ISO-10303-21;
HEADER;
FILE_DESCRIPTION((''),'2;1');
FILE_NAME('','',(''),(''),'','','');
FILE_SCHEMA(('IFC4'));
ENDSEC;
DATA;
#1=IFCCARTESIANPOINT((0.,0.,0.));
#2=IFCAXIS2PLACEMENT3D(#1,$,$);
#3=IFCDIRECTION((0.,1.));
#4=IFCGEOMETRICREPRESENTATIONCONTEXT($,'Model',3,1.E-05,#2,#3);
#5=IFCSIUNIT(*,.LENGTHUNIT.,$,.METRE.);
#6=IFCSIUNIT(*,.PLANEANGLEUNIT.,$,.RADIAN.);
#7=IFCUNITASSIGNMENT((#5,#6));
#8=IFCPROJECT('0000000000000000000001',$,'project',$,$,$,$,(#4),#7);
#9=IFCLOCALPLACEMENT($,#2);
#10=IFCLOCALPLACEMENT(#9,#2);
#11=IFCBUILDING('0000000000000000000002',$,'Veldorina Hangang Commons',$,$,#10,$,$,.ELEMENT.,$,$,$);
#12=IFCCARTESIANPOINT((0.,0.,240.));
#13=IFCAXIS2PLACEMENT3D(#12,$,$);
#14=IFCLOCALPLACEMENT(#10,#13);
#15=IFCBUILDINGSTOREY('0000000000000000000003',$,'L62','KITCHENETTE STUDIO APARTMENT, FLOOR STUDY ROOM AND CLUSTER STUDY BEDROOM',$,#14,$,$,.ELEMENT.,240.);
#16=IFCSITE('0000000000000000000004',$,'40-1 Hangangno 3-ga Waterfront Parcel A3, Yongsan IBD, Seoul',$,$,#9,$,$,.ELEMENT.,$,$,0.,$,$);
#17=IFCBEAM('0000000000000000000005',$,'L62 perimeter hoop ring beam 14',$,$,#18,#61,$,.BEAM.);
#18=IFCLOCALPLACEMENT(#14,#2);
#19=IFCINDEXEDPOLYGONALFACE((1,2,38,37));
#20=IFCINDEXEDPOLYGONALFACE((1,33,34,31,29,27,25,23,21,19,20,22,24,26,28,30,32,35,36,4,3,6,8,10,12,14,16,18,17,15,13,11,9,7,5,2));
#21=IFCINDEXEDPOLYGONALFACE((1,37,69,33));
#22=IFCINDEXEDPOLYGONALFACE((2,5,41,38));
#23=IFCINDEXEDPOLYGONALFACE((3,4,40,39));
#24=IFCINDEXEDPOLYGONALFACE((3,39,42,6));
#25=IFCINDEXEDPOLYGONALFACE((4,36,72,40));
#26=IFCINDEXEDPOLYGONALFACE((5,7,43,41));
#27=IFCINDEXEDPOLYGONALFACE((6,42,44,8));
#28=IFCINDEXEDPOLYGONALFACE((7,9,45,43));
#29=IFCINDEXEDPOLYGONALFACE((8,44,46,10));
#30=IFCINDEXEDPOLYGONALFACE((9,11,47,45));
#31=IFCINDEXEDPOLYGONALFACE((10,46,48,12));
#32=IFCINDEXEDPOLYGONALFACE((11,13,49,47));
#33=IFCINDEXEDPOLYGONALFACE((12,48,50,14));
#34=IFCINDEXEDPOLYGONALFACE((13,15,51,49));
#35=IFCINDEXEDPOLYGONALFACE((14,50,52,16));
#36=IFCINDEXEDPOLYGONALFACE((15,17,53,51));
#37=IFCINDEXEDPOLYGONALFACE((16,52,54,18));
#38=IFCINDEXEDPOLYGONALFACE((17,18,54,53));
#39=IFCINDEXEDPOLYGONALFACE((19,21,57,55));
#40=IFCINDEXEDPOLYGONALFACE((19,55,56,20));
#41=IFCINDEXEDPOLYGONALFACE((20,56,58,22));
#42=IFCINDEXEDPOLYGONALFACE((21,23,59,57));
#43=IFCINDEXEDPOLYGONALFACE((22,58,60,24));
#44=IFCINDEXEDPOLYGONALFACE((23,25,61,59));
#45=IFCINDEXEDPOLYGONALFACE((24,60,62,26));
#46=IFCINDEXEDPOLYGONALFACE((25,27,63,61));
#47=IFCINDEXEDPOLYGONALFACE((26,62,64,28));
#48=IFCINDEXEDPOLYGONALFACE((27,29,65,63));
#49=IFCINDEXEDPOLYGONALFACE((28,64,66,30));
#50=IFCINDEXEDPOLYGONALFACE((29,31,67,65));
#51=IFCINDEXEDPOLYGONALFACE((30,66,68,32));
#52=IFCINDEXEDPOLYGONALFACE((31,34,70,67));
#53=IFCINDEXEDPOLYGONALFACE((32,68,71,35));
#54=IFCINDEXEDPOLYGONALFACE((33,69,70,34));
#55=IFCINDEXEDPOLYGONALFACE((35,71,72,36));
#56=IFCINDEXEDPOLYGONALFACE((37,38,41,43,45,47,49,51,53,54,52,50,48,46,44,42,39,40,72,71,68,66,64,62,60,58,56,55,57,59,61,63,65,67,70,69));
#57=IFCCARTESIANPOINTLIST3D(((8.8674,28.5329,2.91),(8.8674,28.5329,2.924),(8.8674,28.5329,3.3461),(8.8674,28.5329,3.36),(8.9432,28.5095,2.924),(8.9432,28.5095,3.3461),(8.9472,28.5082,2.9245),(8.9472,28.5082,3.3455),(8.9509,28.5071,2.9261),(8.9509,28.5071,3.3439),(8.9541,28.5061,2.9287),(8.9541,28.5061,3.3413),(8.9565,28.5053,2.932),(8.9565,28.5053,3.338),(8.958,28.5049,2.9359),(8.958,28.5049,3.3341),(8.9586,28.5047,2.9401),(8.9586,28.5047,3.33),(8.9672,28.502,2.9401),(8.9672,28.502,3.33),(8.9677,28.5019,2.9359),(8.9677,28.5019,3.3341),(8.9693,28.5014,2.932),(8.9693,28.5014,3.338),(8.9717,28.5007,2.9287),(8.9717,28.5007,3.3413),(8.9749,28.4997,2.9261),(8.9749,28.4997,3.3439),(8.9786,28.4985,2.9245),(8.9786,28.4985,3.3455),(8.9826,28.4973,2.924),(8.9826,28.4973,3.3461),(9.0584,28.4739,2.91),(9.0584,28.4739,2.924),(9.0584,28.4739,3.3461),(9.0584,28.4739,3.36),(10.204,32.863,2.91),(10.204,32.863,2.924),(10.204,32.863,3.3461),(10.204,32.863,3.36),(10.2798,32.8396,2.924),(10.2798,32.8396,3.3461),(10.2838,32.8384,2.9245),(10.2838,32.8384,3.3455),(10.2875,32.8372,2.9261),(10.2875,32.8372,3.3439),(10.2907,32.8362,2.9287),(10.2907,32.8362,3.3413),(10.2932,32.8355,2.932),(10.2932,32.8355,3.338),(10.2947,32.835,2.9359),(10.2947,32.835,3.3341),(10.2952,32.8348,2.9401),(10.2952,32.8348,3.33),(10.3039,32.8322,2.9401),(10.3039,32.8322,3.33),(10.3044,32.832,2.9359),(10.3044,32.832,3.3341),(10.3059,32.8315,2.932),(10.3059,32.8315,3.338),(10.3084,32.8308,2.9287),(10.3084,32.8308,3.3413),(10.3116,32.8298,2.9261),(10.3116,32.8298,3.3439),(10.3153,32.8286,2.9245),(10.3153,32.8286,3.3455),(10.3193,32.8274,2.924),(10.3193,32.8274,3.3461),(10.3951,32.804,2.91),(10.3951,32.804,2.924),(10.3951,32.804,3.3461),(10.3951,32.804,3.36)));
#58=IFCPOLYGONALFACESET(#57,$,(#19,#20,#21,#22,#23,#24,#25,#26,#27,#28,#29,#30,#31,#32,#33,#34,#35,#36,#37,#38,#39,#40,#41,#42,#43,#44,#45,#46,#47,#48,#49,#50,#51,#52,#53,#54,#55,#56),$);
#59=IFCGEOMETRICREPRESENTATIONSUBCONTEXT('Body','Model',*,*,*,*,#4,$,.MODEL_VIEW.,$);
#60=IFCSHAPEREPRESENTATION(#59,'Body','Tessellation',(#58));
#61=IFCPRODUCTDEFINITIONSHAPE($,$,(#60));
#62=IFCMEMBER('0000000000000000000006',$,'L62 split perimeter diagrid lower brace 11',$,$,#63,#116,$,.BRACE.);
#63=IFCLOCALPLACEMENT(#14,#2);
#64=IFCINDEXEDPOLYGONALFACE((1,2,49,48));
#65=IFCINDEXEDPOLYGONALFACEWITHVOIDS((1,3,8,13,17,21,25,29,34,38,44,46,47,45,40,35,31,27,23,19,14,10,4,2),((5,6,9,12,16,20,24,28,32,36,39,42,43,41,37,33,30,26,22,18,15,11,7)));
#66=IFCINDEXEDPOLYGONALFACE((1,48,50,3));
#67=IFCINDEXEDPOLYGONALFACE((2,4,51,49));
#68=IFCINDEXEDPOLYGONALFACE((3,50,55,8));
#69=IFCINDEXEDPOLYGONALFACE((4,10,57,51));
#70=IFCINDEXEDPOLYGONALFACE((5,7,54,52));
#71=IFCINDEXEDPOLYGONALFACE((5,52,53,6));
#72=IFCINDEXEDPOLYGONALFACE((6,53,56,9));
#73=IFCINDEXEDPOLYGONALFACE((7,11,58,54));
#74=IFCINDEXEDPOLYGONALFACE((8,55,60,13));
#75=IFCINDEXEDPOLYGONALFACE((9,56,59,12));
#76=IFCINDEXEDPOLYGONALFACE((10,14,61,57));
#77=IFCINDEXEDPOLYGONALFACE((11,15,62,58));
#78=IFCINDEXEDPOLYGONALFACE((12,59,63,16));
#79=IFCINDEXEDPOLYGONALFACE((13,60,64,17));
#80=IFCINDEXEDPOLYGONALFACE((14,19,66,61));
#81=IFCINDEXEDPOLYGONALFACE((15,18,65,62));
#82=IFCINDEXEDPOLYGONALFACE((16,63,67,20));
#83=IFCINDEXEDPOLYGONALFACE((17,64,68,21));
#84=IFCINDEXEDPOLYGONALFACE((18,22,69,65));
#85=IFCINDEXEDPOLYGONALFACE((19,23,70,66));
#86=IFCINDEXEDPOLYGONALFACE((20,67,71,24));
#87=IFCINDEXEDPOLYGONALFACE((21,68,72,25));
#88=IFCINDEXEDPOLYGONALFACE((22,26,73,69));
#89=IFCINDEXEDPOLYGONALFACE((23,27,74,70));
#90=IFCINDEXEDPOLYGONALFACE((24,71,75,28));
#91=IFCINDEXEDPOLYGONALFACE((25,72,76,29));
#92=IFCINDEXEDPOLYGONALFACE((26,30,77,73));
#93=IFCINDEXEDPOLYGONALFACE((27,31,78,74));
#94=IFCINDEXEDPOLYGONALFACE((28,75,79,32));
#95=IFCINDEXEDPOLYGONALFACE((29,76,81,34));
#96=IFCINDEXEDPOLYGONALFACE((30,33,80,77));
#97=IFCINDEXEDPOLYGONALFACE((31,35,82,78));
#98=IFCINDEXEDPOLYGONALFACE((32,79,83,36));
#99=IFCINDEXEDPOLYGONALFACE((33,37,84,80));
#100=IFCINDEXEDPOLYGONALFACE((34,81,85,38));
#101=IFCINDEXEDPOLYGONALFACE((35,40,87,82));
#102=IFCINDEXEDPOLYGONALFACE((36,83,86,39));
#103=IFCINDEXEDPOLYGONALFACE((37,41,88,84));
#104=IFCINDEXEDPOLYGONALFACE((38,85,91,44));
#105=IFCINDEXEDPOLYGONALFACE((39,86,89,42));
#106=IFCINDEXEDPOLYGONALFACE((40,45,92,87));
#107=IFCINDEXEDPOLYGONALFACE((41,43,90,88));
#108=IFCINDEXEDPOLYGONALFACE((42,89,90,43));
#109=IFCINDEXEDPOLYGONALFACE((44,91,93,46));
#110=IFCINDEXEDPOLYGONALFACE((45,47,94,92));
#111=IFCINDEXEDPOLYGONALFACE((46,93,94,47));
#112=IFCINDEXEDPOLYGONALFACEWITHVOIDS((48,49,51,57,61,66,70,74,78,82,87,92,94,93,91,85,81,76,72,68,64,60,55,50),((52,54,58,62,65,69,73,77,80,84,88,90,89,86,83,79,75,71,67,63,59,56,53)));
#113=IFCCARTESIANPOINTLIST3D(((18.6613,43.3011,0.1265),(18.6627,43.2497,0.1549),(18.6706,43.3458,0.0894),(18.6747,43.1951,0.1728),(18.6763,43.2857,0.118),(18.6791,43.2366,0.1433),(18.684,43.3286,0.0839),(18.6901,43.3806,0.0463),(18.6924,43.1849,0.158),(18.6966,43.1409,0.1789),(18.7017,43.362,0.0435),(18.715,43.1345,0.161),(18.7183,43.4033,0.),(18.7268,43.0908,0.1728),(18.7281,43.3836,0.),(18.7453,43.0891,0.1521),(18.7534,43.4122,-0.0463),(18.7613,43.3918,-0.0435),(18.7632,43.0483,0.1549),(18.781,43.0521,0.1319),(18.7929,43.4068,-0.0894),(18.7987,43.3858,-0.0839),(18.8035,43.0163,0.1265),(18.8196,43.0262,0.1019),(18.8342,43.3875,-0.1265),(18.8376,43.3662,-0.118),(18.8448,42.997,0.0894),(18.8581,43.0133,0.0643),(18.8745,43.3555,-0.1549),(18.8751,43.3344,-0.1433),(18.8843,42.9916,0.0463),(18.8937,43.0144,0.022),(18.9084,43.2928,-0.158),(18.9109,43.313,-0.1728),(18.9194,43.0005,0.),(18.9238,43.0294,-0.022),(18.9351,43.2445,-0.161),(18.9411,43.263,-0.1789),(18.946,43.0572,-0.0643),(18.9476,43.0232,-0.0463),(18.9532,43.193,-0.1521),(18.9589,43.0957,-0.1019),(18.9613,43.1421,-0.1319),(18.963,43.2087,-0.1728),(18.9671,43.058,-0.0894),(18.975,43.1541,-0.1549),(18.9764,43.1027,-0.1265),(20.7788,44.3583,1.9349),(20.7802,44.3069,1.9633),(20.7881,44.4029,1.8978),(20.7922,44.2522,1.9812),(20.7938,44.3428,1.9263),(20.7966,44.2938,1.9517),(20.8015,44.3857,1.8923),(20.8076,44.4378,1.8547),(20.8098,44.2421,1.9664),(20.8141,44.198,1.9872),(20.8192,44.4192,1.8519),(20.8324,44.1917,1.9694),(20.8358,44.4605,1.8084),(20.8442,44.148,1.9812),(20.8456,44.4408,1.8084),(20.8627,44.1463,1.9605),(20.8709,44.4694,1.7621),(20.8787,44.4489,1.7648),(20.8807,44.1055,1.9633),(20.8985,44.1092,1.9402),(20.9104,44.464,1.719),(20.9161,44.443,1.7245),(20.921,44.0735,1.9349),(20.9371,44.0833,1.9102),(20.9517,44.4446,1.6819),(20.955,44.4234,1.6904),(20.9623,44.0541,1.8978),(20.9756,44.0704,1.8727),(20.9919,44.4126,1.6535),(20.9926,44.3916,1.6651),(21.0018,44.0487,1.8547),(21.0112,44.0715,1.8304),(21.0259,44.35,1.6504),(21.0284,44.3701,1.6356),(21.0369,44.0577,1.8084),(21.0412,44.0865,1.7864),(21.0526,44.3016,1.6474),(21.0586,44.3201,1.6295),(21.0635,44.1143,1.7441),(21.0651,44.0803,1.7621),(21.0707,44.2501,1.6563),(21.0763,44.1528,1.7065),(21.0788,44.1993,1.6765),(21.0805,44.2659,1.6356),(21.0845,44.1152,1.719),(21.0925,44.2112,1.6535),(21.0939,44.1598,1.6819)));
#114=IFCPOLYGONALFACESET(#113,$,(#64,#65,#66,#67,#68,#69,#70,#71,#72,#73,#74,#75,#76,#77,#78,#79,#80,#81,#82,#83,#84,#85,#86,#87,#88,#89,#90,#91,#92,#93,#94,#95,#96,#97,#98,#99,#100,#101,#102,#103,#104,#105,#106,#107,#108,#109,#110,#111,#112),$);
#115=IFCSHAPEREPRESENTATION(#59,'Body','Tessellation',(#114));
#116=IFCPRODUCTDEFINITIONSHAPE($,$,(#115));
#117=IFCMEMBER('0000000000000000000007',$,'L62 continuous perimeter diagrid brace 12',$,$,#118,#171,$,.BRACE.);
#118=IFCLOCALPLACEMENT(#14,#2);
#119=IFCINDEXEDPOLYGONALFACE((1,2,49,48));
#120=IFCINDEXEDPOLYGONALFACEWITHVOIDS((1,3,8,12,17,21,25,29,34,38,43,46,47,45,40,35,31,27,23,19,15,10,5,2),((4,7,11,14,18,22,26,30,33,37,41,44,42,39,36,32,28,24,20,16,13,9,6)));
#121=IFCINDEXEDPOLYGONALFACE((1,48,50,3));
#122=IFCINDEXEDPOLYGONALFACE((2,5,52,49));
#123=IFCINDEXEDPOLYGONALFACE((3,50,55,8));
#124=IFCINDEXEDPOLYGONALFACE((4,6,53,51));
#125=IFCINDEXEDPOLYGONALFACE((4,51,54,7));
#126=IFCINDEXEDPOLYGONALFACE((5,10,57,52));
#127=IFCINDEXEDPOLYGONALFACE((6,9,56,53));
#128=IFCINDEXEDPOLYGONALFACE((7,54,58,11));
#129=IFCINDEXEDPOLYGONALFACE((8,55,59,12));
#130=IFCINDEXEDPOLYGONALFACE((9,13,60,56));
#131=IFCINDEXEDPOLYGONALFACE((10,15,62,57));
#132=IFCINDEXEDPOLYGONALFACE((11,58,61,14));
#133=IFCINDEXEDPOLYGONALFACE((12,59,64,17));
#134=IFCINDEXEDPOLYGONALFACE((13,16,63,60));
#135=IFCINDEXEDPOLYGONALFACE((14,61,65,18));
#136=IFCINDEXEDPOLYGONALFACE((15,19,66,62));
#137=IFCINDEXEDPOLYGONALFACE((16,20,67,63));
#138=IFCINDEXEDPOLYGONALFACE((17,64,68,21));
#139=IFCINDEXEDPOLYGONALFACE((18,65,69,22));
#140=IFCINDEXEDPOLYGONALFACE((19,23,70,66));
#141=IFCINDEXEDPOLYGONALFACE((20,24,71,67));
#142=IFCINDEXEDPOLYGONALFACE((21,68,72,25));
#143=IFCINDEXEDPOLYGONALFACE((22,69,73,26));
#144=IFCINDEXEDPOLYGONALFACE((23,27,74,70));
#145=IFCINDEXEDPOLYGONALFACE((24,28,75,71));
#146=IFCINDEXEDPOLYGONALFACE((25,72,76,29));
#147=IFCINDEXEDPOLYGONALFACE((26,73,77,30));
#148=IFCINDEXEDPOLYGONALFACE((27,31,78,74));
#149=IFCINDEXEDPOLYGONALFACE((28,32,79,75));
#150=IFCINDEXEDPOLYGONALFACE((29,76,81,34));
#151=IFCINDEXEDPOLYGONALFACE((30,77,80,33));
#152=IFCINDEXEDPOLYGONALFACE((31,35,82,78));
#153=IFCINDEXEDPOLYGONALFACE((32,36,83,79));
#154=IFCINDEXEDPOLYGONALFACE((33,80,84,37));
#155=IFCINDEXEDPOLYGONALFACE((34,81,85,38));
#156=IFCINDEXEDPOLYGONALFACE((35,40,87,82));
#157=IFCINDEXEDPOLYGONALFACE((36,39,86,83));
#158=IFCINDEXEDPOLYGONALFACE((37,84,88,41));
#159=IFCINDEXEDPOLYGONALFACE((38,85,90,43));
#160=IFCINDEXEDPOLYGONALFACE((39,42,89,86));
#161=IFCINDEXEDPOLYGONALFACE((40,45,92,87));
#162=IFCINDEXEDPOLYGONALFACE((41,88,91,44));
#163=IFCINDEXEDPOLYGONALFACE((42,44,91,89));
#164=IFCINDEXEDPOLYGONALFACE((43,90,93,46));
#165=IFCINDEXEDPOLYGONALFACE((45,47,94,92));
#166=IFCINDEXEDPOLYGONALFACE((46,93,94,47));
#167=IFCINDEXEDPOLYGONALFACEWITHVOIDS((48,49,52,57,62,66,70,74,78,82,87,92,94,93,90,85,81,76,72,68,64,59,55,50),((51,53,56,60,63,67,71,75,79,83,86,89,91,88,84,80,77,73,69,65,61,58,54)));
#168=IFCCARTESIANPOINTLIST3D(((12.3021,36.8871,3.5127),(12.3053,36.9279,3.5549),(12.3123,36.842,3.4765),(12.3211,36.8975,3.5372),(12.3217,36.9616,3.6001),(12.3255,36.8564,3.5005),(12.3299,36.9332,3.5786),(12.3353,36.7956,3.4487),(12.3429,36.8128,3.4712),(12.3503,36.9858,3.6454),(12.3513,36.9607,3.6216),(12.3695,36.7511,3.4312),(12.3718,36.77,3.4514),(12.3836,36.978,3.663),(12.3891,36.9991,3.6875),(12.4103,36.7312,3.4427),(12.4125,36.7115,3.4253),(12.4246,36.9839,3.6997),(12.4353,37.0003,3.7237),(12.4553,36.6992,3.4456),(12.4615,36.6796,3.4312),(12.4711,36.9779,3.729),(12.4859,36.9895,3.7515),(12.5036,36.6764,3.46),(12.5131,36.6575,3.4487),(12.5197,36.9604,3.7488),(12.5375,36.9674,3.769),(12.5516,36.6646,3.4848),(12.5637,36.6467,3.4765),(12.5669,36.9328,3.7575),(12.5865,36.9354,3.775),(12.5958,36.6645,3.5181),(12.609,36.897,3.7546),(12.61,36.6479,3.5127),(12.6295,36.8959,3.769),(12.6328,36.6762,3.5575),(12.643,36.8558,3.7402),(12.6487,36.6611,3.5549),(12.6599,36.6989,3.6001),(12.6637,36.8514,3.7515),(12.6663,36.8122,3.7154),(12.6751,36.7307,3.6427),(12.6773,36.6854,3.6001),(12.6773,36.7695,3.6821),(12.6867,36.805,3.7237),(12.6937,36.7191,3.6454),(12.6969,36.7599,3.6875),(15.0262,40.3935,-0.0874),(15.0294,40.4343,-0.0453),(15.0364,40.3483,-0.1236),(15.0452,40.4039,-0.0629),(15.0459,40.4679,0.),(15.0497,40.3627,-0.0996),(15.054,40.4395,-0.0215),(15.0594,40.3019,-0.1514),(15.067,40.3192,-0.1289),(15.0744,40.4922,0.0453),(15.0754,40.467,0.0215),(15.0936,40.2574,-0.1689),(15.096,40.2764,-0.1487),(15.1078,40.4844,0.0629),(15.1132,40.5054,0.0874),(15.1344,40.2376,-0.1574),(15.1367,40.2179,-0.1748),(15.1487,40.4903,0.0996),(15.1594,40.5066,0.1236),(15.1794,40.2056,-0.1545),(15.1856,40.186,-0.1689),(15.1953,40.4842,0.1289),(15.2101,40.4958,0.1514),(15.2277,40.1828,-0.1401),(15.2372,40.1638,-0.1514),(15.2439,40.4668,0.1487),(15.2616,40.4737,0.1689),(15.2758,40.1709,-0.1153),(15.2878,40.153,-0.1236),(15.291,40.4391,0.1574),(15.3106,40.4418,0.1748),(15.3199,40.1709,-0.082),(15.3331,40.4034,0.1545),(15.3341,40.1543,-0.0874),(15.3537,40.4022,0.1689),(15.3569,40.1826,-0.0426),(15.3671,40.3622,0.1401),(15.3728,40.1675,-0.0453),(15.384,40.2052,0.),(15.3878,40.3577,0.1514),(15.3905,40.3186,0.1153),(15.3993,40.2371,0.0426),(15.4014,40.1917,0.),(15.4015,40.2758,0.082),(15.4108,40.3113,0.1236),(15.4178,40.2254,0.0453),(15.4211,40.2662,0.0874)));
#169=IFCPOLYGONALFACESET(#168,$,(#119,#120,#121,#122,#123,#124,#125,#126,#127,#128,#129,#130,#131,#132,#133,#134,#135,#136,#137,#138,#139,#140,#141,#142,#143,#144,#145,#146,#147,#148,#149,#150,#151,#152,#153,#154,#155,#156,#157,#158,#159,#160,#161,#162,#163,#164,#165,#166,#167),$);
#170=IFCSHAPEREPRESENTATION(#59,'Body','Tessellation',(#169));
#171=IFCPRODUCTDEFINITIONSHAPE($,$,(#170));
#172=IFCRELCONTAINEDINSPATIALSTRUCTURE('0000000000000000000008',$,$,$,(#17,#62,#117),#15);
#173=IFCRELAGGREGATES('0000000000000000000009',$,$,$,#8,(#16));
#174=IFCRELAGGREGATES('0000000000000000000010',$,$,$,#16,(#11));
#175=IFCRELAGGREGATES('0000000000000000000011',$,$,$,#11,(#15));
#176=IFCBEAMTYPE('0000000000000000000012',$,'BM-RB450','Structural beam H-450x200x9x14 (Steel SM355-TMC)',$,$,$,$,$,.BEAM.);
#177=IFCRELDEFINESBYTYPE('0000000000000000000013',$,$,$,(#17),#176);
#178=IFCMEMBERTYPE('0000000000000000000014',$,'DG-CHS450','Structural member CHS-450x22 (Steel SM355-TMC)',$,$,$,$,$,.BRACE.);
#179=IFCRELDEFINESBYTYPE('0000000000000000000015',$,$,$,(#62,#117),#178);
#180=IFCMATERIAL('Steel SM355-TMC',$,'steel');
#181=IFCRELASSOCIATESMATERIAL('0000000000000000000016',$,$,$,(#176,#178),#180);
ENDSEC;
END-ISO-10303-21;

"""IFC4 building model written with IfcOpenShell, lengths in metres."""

from ifc_helpers import new_model, si_unit, direction, frame, origin, origin_2d, place, context, subcontext, project, spatial, hollow_circle, i_section, extrude, material, material_profile, profile_set, type_object, element, save


model = new_model("IFC4")

# Units and contexts
model_context = context("Model", 3, precision=1e-05, world=origin(), true_north=direction((0.0, 1.0)))
body_context = subcontext(model_context, "Body", "Model", "MODEL_VIEW")
ifc_project = project(units=[si_unit("LENGTHUNIT", "METRE"), si_unit("PLANEANGLEUNIT", "RADIAN")], contexts=[model_context])

# Site, building, storey
site_placement = place(None, origin())
site = spatial("IfcSite", under=ifc_project, at=site_placement, Name="40-1 Hangangno 3-ga Waterfront Parcel A3, Yongsan IBD, Seoul", CompositionType="ELEMENT", RefElevation=0.0)
building_placement = place(site_placement, origin())
building = spatial("IfcBuilding", under=site, at=building_placement, Name="Veldorina Hangang Commons", CompositionType="ELEMENT")
storey_placement = place(building_placement, frame((0.0, 0.0, 240.0)))
storey = spatial("IfcBuildingStorey", under=building, at=storey_placement, Name="L62", Description="KITCHENETTE STUDIO APARTMENT, FLOOR STUDY ROOM AND CLUSTER STUDY BEDROOM", CompositionType="ELEMENT", Elevation=240.0)

# Beam
ifc_material_1 = material(Name="Steel SM355-TMC", Category="steel")
ifc_material_profile_1 = material_profile(ifc_material_1, i_section(OverallWidth=0.2, OverallDepth=0.45, WebThickness=0.009, FlangeThickness=0.0139, FilletRadius=0.0161, at=origin_2d()), Name="H-450x200x9x14")
ifc_profile_set_1 = profile_set([ifc_material_profile_1], Name="Steel SM355-TMC")
beam_type_1 = type_object("IfcBeamType", Name="BM-RB450", Description="Structural beam H-450x200x9x14 (Steel SM355-TMC)", PredefinedType="BEAM", material=ifc_profile_set_1)
beam_1_placement = place(storey_placement, frame((10.2996, 32.8335, 3.135), z_axis=(-0.29496, -0.95551, 0.0), x_axis=(0.95551, -0.29496, 0.0)))
element("IfcBeam", 1, at=beam_1_placement, inside=storey, type_object=beam_type_1, Name="L62 perimeter hoop ring beam 14", PredefinedType="BEAM", context=body_context, shape_type="SweptSolid", body=[
    extrude(i_section(OverallWidth=0.2, OverallDepth=0.45, WebThickness=0.009, FlangeThickness=0.0139, FilletRadius=0.0161, at=origin_2d()), origin(), (0.0, 0.0, 1.0), 4.5317),
])

# Members
ifc_material_profile_2 = material_profile(ifc_material_1, hollow_circle(Radius=0.2251, WallThickness=0.022, at=origin_2d()), Name="CHS-450x22")
ifc_profile_set_2 = profile_set([ifc_material_profile_2], Name="Steel SM355-TMC")
member_type_1 = type_object("IfcMemberType", Name="DG-CHS450", Description="Structural member CHS-450x22 (Steel SM355-TMC)", PredefinedType="BRACE", material=ifc_profile_set_2)
member_1_placement = place(storey_placement, frame((18.8188, 43.2019, 0.0), z_axis=(0.710917, 0.354926, 0.607144), x_axis=(-0.446677, 0.894695, 0.0)))
element("IfcMember", 2, at=member_1_placement, inside=storey, type_object=member_type_1, Name="L62 split perimeter diagrid lower brace 11", PredefinedType="BRACE", context=body_context, shape_type="SweptSolid", body=[
    extrude(hollow_circle(Radius=0.2251, WallThickness=0.022, at=origin_2d()), origin(), (0.0, 0.0, 1.0), 2.9785),
])
member_2_placement = place(storey_placement, frame((15.2236, 40.3298, 0.0), z_axis=(-0.476554, -0.613395, 0.629796), x_axis=(0.789684, -0.613514, 0.0)))
element("IfcMember", 3, at=member_2_placement, inside=storey, type_object=member_type_1, Name="L62 continuous perimeter diagrid brace 12", PredefinedType="BRACE", context=body_context, shape_type="SweptSolid", body=[
    extrude(hollow_circle(Radius=0.2251, WallThickness=0.022, at=origin_2d()), origin(), (0.0, 0.0, 1.0), 5.7163),
])

save(model, "model.ifc")
